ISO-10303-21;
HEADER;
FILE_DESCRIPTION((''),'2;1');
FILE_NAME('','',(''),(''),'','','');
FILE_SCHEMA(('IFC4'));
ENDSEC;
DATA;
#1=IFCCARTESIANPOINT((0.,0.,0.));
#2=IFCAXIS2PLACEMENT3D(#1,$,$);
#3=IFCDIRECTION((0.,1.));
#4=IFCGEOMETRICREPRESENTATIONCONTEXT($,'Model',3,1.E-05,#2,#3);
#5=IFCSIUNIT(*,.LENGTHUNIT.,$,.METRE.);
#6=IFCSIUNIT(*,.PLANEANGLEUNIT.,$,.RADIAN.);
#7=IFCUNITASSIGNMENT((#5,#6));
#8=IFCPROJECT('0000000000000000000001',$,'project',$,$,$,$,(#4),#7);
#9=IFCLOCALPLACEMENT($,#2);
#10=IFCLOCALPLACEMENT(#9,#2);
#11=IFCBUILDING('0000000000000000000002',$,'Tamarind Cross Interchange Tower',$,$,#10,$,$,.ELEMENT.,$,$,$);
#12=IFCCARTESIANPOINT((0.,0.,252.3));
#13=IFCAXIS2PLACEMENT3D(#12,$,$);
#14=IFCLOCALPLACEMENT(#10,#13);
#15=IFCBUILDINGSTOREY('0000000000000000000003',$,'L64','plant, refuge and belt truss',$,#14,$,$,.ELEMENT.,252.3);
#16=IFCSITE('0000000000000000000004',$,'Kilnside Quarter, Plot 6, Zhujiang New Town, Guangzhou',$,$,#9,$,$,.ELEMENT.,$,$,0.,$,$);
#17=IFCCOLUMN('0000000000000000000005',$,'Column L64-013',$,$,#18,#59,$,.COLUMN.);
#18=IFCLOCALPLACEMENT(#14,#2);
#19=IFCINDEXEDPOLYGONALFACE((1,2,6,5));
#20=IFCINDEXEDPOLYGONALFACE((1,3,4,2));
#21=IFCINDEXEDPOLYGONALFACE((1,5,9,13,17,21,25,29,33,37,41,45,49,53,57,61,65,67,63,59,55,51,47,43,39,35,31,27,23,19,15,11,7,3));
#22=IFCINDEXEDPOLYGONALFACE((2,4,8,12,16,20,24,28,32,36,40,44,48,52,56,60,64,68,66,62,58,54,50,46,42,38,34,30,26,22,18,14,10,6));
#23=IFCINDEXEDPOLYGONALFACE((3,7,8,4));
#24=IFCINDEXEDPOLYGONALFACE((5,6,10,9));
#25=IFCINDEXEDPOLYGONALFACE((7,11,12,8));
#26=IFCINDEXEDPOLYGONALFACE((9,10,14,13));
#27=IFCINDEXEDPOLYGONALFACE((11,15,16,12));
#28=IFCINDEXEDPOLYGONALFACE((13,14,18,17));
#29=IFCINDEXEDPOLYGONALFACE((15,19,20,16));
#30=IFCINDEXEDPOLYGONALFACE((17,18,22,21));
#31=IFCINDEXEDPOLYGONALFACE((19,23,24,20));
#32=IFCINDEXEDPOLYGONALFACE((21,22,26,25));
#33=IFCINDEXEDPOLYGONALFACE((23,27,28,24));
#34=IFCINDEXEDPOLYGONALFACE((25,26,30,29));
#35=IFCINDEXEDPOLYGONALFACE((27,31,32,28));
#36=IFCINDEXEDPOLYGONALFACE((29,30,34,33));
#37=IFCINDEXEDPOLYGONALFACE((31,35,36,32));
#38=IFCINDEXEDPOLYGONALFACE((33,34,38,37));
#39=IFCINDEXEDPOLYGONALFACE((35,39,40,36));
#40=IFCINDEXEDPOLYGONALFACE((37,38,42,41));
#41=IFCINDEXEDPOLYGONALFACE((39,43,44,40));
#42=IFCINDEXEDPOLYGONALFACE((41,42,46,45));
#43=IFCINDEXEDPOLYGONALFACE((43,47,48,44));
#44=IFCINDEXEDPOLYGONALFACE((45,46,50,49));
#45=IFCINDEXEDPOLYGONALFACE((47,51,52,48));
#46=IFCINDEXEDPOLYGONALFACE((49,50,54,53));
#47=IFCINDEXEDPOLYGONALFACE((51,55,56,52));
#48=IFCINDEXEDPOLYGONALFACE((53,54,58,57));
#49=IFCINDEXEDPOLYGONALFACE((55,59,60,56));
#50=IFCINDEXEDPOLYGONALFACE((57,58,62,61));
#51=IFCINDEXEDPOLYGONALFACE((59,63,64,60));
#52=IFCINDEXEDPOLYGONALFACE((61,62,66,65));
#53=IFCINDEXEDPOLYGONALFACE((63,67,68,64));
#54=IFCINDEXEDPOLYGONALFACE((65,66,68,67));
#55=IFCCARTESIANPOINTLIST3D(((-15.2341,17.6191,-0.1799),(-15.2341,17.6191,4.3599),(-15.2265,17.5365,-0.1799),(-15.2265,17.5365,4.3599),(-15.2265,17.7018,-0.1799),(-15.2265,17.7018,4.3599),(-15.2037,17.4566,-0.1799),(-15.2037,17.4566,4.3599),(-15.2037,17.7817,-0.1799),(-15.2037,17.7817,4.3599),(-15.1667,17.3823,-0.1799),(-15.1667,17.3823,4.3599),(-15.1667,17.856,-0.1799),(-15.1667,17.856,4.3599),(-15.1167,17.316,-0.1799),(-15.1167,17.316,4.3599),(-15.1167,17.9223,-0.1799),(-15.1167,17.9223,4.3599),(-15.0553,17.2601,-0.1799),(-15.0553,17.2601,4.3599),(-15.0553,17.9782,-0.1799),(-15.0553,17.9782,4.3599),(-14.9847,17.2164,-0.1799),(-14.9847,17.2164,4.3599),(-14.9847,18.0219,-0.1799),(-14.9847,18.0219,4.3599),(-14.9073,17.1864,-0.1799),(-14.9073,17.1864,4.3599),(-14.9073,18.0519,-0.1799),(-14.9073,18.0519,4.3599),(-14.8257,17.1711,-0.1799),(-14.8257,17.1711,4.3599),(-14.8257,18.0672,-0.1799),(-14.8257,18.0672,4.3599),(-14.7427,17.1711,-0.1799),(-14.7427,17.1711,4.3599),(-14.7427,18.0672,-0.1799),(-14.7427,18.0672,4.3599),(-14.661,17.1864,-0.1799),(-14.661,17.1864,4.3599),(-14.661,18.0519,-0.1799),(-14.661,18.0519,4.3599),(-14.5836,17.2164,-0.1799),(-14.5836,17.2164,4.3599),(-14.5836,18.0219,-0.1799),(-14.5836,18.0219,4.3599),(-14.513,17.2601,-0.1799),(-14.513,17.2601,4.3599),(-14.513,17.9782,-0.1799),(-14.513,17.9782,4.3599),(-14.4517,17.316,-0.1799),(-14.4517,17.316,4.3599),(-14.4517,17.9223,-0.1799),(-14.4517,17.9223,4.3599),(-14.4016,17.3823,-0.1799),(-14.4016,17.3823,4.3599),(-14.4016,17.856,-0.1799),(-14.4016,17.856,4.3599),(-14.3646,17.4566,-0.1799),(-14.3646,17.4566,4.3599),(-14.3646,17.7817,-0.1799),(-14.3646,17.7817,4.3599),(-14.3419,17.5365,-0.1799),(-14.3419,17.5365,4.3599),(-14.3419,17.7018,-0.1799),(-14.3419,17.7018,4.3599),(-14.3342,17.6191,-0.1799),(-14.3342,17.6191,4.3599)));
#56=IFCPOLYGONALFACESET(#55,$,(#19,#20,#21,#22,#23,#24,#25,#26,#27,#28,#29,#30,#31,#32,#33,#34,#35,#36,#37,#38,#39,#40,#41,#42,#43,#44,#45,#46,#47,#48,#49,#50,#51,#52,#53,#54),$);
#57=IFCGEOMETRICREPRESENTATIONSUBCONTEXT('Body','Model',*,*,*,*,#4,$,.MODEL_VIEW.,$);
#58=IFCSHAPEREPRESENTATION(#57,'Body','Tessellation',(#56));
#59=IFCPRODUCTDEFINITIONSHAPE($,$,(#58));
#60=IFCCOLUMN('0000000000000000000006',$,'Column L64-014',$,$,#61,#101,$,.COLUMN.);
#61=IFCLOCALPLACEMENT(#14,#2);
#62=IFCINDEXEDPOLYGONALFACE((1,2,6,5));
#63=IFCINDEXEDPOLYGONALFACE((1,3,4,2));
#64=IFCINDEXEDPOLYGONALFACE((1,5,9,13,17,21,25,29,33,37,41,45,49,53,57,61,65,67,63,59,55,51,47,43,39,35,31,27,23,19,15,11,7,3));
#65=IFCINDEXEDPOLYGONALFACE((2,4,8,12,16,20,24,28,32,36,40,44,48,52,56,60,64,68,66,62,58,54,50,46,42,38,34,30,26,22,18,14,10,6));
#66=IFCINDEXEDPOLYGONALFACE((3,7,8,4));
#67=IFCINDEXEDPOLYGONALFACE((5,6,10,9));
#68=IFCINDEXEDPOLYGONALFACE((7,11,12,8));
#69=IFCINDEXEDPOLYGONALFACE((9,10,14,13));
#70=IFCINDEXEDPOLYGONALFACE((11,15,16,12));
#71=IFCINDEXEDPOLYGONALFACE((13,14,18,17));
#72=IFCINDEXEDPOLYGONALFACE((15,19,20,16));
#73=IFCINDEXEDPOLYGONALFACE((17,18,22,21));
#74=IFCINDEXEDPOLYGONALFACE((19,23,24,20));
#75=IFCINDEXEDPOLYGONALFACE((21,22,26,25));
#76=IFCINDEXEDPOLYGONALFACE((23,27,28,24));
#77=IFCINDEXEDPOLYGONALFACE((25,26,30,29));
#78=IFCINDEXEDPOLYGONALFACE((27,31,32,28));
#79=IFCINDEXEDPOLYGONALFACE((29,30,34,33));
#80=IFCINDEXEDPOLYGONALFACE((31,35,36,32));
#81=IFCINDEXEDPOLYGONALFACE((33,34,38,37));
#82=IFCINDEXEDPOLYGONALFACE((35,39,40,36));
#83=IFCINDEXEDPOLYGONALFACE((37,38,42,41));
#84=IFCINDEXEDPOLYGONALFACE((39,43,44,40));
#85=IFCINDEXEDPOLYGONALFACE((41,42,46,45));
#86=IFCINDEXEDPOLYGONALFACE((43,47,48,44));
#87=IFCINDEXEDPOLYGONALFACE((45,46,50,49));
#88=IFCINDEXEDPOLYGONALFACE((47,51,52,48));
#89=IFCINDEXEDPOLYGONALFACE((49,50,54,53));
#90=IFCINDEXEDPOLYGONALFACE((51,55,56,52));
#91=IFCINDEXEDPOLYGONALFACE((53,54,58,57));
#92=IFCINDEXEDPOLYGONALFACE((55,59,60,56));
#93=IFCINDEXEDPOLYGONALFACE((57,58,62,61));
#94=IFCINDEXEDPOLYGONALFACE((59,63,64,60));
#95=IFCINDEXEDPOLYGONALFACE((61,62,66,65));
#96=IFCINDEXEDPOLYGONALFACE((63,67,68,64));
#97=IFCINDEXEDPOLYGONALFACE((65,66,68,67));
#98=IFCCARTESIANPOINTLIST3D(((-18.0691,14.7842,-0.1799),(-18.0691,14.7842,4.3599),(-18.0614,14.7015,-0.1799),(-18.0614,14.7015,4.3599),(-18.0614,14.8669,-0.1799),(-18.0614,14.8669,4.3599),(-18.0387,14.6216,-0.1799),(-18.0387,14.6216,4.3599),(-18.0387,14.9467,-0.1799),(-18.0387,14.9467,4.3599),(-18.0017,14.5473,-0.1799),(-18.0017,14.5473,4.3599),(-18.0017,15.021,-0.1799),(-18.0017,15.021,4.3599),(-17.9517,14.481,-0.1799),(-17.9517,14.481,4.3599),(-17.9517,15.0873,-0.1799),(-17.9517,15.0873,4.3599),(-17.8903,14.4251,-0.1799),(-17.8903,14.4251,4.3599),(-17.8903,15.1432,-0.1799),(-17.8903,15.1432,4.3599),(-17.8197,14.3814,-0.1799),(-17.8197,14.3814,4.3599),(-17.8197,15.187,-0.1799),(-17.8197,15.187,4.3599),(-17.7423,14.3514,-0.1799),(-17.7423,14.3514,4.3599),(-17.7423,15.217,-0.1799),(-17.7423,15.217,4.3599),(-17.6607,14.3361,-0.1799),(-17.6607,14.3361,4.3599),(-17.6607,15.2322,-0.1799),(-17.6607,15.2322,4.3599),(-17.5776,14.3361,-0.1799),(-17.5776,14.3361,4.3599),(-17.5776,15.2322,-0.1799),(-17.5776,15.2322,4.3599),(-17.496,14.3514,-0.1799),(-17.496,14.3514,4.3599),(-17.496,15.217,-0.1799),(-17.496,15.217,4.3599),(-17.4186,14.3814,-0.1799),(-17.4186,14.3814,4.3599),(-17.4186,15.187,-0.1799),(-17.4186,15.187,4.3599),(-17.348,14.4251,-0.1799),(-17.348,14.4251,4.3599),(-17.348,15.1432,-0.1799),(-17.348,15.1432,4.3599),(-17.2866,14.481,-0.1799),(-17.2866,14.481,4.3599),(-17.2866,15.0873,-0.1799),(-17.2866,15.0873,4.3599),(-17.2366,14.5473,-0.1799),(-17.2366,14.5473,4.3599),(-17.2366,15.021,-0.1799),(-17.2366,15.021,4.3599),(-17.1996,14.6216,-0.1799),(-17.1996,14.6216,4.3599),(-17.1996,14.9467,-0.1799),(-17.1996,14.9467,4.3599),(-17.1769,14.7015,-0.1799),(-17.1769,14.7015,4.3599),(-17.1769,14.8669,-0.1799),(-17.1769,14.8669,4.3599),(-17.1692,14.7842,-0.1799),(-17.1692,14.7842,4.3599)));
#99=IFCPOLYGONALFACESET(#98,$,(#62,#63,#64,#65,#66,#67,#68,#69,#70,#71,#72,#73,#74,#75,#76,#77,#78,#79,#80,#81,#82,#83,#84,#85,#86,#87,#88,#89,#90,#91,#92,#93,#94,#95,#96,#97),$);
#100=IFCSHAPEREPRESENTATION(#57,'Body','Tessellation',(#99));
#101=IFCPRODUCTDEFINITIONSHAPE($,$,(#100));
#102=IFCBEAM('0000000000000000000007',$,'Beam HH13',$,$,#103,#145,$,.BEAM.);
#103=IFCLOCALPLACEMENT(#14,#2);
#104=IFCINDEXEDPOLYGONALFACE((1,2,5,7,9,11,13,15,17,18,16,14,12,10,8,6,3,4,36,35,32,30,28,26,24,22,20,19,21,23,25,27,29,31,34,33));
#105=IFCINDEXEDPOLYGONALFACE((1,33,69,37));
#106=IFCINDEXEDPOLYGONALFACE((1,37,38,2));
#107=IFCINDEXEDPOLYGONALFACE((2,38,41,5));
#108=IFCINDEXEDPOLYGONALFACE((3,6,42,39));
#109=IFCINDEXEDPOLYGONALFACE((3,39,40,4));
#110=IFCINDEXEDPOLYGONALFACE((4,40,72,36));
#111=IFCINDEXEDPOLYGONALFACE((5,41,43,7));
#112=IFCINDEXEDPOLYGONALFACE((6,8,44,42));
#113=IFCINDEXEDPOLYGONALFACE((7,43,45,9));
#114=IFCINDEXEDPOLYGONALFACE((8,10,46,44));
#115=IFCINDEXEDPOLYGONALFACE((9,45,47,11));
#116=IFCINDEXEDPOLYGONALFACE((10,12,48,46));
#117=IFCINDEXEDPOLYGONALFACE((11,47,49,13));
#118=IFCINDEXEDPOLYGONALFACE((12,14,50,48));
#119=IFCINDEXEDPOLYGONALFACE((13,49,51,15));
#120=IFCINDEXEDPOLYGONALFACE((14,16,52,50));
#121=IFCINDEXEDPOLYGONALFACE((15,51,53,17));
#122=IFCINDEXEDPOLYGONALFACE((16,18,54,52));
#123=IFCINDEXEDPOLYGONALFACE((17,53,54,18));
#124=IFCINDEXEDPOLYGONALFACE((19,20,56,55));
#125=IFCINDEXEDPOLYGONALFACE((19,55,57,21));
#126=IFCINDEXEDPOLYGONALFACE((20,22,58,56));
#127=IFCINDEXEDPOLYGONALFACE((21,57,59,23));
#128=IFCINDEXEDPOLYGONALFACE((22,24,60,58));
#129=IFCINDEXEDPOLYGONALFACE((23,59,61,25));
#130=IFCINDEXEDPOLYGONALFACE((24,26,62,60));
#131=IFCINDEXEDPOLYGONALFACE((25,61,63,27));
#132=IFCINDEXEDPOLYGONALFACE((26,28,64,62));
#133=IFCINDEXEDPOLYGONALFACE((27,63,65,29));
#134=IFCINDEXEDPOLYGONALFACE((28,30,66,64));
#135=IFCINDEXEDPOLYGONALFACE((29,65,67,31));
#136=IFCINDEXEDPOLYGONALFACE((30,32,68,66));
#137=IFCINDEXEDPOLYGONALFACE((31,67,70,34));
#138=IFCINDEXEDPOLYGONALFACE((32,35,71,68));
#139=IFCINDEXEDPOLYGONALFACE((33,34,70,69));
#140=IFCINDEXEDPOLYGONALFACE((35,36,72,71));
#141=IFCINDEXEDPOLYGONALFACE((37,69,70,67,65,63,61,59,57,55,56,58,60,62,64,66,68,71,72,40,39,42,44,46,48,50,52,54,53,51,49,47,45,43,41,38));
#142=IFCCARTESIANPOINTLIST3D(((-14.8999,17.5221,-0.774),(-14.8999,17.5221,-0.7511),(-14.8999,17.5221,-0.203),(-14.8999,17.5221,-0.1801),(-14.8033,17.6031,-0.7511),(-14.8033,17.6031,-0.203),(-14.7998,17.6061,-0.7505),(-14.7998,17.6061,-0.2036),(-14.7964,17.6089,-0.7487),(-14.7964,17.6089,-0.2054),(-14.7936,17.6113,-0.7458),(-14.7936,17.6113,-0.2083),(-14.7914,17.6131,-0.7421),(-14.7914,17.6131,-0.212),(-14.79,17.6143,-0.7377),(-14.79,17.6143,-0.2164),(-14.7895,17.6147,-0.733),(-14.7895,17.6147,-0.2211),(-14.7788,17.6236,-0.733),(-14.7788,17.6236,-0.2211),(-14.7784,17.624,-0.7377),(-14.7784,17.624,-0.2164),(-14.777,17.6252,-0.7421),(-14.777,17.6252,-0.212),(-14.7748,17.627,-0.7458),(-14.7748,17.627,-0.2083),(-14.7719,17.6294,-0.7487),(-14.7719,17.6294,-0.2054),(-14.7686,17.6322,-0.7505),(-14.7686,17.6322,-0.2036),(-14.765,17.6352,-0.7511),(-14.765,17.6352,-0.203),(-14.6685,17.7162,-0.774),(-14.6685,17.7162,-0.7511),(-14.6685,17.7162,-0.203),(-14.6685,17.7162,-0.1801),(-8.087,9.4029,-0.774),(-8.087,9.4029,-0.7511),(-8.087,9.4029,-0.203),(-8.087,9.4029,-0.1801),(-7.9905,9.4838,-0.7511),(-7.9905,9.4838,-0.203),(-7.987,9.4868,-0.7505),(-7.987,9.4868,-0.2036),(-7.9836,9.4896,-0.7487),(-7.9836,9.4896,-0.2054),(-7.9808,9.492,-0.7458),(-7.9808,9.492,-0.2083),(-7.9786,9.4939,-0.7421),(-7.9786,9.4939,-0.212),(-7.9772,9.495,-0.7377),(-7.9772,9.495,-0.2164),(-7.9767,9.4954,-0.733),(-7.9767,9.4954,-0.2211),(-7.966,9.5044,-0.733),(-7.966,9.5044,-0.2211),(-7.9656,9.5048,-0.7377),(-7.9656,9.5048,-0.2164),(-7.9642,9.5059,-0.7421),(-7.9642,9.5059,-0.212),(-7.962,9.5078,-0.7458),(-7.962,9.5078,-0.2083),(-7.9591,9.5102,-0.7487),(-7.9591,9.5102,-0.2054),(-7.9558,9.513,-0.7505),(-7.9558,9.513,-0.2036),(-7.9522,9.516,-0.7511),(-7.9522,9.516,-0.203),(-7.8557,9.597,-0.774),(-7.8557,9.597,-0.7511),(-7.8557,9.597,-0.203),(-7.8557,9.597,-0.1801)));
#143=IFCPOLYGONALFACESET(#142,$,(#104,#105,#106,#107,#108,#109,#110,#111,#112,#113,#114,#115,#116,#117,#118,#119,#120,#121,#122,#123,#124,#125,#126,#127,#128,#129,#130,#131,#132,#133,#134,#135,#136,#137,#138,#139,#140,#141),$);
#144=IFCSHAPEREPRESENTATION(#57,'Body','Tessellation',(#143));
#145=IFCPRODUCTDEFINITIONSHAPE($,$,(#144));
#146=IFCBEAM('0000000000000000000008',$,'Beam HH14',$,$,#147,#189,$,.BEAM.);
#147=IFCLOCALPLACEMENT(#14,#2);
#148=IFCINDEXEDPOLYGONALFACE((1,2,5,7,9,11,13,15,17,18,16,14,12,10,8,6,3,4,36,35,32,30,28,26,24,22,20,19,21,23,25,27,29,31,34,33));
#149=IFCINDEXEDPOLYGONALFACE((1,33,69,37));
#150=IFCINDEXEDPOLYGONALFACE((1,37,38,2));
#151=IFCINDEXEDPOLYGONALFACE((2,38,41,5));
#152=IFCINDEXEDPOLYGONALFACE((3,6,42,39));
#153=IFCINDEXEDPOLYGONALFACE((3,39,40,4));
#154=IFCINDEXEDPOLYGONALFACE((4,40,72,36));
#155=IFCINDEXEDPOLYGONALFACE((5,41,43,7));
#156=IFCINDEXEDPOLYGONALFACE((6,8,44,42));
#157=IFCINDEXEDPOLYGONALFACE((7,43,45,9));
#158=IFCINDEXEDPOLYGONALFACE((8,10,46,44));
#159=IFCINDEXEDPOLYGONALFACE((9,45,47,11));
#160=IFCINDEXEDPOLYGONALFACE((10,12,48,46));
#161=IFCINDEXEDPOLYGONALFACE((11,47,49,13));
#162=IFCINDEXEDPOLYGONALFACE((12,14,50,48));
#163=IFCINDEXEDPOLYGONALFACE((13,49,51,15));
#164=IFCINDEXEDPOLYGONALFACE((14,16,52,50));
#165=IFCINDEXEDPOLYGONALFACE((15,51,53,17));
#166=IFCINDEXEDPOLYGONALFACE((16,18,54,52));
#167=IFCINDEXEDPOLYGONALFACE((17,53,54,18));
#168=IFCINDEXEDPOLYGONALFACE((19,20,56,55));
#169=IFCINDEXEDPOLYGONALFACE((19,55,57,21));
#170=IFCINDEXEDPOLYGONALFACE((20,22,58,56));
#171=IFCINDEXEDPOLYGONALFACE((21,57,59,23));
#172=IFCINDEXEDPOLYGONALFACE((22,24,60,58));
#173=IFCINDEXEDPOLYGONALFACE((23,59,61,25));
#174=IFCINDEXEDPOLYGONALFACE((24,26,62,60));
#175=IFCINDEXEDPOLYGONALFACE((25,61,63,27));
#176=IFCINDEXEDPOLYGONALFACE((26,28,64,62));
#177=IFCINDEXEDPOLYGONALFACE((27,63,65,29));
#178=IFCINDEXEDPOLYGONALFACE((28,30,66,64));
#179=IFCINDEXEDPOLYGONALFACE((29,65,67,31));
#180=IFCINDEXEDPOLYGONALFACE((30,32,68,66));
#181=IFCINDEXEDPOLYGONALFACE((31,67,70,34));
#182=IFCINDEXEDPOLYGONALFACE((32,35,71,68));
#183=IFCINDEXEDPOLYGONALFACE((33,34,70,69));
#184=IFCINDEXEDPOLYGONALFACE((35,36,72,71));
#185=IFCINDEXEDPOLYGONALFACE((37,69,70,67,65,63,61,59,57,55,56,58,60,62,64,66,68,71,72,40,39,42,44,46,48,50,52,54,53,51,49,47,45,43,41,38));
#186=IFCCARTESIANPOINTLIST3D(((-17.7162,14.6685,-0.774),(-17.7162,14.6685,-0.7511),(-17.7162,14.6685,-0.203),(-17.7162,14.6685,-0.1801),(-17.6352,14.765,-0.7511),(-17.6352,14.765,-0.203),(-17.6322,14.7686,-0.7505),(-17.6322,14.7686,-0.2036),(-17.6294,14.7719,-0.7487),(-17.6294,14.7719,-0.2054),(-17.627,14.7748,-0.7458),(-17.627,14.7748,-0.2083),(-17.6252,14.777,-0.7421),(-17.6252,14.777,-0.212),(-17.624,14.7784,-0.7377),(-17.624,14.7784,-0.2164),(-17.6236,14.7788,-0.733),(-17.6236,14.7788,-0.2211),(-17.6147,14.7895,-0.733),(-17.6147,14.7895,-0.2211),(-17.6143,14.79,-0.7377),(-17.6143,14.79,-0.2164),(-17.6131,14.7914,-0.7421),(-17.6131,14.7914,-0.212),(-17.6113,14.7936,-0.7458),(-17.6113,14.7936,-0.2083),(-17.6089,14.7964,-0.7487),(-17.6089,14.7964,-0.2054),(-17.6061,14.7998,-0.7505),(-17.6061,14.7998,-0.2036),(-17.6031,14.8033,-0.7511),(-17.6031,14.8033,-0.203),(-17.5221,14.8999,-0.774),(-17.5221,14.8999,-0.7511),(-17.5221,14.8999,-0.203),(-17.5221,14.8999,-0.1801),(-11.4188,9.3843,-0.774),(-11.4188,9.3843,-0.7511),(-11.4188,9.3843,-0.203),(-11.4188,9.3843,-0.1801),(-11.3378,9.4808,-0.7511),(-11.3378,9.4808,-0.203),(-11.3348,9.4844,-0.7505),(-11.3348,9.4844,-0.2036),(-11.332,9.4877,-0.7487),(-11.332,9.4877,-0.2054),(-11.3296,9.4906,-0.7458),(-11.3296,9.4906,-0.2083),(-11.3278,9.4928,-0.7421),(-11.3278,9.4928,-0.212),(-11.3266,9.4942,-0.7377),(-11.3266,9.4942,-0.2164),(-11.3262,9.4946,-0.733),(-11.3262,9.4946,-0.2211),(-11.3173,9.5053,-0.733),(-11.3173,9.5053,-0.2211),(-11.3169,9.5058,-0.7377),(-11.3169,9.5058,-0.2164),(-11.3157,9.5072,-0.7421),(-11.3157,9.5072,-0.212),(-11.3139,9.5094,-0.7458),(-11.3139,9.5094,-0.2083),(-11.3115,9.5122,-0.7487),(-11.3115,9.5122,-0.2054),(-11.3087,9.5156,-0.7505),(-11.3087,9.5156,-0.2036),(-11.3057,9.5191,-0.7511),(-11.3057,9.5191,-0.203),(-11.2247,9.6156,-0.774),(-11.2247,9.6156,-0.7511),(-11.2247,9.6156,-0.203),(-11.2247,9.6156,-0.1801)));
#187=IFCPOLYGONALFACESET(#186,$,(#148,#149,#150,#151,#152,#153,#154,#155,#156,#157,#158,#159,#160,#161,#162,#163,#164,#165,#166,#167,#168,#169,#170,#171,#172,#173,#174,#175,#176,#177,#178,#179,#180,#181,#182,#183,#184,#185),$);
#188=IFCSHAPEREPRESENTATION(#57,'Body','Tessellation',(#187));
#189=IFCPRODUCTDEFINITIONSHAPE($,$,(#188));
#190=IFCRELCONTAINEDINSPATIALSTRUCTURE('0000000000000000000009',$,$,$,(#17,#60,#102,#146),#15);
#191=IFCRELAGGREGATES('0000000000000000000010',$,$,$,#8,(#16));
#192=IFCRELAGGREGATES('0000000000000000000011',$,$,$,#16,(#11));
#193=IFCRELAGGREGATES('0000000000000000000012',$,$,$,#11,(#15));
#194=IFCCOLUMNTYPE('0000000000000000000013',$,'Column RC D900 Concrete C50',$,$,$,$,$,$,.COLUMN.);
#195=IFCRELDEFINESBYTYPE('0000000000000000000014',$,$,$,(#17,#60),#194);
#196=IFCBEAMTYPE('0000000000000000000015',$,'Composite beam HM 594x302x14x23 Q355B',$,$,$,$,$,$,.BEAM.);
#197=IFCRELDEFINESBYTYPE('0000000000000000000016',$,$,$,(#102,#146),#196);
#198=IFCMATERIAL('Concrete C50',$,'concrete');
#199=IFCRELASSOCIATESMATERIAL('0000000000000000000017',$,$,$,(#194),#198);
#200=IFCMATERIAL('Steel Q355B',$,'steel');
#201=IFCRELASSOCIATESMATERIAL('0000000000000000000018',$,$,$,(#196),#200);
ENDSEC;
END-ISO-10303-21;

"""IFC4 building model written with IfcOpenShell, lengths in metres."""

from ifc_helpers import new_model, si_unit, direction, frame, origin, origin_2d, place, context, subcontext, project, spatial, circle, i_section, extrude, material, material_profile, profile_set, type_object, element, save


model = new_model("IFC4")

# Units and contexts
model_context = context("Model", 3, precision=1e-05, world=origin(), true_north=direction((0.0, 1.0)))
body_context = subcontext(model_context, "Body", "Model", "MODEL_VIEW")
ifc_project = project(units=[si_unit("LENGTHUNIT", "METRE"), si_unit("PLANEANGLEUNIT", "RADIAN")], contexts=[model_context])

# Site, building, storey
site_placement = place(None, origin())
site = spatial("IfcSite", under=ifc_project, at=site_placement, Name="Kilnside Quarter, Plot 6, Zhujiang New Town, Guangzhou", CompositionType="ELEMENT", RefElevation=0.0)
building_placement = place(site_placement, origin())
building = spatial("IfcBuilding", under=site, at=building_placement, Name="Tamarind Cross Interchange Tower", CompositionType="ELEMENT")
storey_placement = place(building_placement, frame((0.0, 0.0, 252.3)))
storey = spatial("IfcBuildingStorey", under=building, at=storey_placement, Name="L64", Description="plant, refuge and belt truss", CompositionType="ELEMENT", Elevation=252.3)

# Columns
ifc_material_1 = material(Name="Concrete C50", Category="concrete")
ifc_material_profile_1 = material_profile(ifc_material_1, circle(Radius=0.45, at=origin_2d()), Name="RC D900")
ifc_profile_set_1 = profile_set([ifc_material_profile_1], Name="Concrete C50")
column_type = type_object("IfcColumnType", Name="Column RC D900 Concrete C50", PredefinedType="COLUMN", material=ifc_profile_set_1)
for number, where, z_axis, x_axis, name in (
    (1, (-14.7842, 17.6191, -0.1799), (0.0, 0.0, 1.0), (1.0, 0.0, 0.0), "Column L64-013"),
    (2, (-17.6191, 14.7842, -0.1799), (0.0, 0.0, 1.0), (1.0, 0.0, 0.0), "Column L64-014"),
):
    element("IfcColumn", number, at=place(storey_placement, frame(where, z_axis=z_axis, x_axis=x_axis)), inside=storey, type_object=column_type, Name=name, PredefinedType="COLUMN", context=body_context, shape_type="SweptSolid", body=[
        extrude(circle(Radius=0.45, at=origin_2d()), origin(), (0.0, 0.0, 1.0), 4.5398),
    ])

# Beams
ifc_material_2 = material(Name="Steel Q355B", Category="steel")
ifc_material_profile_2 = material_profile(ifc_material_2, i_section(OverallWidth=0.302, OverallDepth=0.594, WebThickness=0.0139, FlangeThickness=0.0229, FilletRadius=0.0181, at=origin_2d()), Name="HM 594x302x14x23")
ifc_profile_set_2 = profile_set([ifc_material_profile_2], Name="Steel Q355B")
beam_type = type_object("IfcBeamType", Name="Composite beam HM 594x302x14x23 Q355B", PredefinedType="BEAM", material=ifc_profile_set_2)
beam_1_placement = place(storey_placement, frame((-14.7842, 17.6191, -0.4771), z_axis=(0.642786, -0.766046, 0.0), x_axis=(0.766046, 0.642786, 0.0)))
element("IfcBeam", 3, at=beam_1_placement, inside=storey, type_object=beam_type, Name="Beam HH13", PredefinedType="BEAM", context=body_context, shape_type="SweptSolid", body=[
    extrude(i_section(OverallWidth=0.302, OverallDepth=0.594, WebThickness=0.0139, FlangeThickness=0.0229, FilletRadius=0.0181, at=origin_2d()), origin(), (0.0, 0.0, 1.0), 10.5989),
])
beam_2_placement = place(storey_placement, frame((-17.6191, 14.7842, -0.4771), z_axis=(0.766041, -0.642792, 0.0), x_axis=(0.642792, 0.766041, 0.0)))
element("IfcBeam", 4, at=beam_2_placement, inside=storey, type_object=beam_type, Name="Beam HH14", PredefinedType="BEAM", context=body_context, shape_type="SweptSolid", body=[
    extrude(i_section(OverallWidth=0.302, OverallDepth=0.594, WebThickness=0.0139, FlangeThickness=0.0229, FilletRadius=0.0181, at=origin_2d()), origin(), (0.0, 0.0, 1.0), 8.2207),
])

save(model, "model.ifc")
